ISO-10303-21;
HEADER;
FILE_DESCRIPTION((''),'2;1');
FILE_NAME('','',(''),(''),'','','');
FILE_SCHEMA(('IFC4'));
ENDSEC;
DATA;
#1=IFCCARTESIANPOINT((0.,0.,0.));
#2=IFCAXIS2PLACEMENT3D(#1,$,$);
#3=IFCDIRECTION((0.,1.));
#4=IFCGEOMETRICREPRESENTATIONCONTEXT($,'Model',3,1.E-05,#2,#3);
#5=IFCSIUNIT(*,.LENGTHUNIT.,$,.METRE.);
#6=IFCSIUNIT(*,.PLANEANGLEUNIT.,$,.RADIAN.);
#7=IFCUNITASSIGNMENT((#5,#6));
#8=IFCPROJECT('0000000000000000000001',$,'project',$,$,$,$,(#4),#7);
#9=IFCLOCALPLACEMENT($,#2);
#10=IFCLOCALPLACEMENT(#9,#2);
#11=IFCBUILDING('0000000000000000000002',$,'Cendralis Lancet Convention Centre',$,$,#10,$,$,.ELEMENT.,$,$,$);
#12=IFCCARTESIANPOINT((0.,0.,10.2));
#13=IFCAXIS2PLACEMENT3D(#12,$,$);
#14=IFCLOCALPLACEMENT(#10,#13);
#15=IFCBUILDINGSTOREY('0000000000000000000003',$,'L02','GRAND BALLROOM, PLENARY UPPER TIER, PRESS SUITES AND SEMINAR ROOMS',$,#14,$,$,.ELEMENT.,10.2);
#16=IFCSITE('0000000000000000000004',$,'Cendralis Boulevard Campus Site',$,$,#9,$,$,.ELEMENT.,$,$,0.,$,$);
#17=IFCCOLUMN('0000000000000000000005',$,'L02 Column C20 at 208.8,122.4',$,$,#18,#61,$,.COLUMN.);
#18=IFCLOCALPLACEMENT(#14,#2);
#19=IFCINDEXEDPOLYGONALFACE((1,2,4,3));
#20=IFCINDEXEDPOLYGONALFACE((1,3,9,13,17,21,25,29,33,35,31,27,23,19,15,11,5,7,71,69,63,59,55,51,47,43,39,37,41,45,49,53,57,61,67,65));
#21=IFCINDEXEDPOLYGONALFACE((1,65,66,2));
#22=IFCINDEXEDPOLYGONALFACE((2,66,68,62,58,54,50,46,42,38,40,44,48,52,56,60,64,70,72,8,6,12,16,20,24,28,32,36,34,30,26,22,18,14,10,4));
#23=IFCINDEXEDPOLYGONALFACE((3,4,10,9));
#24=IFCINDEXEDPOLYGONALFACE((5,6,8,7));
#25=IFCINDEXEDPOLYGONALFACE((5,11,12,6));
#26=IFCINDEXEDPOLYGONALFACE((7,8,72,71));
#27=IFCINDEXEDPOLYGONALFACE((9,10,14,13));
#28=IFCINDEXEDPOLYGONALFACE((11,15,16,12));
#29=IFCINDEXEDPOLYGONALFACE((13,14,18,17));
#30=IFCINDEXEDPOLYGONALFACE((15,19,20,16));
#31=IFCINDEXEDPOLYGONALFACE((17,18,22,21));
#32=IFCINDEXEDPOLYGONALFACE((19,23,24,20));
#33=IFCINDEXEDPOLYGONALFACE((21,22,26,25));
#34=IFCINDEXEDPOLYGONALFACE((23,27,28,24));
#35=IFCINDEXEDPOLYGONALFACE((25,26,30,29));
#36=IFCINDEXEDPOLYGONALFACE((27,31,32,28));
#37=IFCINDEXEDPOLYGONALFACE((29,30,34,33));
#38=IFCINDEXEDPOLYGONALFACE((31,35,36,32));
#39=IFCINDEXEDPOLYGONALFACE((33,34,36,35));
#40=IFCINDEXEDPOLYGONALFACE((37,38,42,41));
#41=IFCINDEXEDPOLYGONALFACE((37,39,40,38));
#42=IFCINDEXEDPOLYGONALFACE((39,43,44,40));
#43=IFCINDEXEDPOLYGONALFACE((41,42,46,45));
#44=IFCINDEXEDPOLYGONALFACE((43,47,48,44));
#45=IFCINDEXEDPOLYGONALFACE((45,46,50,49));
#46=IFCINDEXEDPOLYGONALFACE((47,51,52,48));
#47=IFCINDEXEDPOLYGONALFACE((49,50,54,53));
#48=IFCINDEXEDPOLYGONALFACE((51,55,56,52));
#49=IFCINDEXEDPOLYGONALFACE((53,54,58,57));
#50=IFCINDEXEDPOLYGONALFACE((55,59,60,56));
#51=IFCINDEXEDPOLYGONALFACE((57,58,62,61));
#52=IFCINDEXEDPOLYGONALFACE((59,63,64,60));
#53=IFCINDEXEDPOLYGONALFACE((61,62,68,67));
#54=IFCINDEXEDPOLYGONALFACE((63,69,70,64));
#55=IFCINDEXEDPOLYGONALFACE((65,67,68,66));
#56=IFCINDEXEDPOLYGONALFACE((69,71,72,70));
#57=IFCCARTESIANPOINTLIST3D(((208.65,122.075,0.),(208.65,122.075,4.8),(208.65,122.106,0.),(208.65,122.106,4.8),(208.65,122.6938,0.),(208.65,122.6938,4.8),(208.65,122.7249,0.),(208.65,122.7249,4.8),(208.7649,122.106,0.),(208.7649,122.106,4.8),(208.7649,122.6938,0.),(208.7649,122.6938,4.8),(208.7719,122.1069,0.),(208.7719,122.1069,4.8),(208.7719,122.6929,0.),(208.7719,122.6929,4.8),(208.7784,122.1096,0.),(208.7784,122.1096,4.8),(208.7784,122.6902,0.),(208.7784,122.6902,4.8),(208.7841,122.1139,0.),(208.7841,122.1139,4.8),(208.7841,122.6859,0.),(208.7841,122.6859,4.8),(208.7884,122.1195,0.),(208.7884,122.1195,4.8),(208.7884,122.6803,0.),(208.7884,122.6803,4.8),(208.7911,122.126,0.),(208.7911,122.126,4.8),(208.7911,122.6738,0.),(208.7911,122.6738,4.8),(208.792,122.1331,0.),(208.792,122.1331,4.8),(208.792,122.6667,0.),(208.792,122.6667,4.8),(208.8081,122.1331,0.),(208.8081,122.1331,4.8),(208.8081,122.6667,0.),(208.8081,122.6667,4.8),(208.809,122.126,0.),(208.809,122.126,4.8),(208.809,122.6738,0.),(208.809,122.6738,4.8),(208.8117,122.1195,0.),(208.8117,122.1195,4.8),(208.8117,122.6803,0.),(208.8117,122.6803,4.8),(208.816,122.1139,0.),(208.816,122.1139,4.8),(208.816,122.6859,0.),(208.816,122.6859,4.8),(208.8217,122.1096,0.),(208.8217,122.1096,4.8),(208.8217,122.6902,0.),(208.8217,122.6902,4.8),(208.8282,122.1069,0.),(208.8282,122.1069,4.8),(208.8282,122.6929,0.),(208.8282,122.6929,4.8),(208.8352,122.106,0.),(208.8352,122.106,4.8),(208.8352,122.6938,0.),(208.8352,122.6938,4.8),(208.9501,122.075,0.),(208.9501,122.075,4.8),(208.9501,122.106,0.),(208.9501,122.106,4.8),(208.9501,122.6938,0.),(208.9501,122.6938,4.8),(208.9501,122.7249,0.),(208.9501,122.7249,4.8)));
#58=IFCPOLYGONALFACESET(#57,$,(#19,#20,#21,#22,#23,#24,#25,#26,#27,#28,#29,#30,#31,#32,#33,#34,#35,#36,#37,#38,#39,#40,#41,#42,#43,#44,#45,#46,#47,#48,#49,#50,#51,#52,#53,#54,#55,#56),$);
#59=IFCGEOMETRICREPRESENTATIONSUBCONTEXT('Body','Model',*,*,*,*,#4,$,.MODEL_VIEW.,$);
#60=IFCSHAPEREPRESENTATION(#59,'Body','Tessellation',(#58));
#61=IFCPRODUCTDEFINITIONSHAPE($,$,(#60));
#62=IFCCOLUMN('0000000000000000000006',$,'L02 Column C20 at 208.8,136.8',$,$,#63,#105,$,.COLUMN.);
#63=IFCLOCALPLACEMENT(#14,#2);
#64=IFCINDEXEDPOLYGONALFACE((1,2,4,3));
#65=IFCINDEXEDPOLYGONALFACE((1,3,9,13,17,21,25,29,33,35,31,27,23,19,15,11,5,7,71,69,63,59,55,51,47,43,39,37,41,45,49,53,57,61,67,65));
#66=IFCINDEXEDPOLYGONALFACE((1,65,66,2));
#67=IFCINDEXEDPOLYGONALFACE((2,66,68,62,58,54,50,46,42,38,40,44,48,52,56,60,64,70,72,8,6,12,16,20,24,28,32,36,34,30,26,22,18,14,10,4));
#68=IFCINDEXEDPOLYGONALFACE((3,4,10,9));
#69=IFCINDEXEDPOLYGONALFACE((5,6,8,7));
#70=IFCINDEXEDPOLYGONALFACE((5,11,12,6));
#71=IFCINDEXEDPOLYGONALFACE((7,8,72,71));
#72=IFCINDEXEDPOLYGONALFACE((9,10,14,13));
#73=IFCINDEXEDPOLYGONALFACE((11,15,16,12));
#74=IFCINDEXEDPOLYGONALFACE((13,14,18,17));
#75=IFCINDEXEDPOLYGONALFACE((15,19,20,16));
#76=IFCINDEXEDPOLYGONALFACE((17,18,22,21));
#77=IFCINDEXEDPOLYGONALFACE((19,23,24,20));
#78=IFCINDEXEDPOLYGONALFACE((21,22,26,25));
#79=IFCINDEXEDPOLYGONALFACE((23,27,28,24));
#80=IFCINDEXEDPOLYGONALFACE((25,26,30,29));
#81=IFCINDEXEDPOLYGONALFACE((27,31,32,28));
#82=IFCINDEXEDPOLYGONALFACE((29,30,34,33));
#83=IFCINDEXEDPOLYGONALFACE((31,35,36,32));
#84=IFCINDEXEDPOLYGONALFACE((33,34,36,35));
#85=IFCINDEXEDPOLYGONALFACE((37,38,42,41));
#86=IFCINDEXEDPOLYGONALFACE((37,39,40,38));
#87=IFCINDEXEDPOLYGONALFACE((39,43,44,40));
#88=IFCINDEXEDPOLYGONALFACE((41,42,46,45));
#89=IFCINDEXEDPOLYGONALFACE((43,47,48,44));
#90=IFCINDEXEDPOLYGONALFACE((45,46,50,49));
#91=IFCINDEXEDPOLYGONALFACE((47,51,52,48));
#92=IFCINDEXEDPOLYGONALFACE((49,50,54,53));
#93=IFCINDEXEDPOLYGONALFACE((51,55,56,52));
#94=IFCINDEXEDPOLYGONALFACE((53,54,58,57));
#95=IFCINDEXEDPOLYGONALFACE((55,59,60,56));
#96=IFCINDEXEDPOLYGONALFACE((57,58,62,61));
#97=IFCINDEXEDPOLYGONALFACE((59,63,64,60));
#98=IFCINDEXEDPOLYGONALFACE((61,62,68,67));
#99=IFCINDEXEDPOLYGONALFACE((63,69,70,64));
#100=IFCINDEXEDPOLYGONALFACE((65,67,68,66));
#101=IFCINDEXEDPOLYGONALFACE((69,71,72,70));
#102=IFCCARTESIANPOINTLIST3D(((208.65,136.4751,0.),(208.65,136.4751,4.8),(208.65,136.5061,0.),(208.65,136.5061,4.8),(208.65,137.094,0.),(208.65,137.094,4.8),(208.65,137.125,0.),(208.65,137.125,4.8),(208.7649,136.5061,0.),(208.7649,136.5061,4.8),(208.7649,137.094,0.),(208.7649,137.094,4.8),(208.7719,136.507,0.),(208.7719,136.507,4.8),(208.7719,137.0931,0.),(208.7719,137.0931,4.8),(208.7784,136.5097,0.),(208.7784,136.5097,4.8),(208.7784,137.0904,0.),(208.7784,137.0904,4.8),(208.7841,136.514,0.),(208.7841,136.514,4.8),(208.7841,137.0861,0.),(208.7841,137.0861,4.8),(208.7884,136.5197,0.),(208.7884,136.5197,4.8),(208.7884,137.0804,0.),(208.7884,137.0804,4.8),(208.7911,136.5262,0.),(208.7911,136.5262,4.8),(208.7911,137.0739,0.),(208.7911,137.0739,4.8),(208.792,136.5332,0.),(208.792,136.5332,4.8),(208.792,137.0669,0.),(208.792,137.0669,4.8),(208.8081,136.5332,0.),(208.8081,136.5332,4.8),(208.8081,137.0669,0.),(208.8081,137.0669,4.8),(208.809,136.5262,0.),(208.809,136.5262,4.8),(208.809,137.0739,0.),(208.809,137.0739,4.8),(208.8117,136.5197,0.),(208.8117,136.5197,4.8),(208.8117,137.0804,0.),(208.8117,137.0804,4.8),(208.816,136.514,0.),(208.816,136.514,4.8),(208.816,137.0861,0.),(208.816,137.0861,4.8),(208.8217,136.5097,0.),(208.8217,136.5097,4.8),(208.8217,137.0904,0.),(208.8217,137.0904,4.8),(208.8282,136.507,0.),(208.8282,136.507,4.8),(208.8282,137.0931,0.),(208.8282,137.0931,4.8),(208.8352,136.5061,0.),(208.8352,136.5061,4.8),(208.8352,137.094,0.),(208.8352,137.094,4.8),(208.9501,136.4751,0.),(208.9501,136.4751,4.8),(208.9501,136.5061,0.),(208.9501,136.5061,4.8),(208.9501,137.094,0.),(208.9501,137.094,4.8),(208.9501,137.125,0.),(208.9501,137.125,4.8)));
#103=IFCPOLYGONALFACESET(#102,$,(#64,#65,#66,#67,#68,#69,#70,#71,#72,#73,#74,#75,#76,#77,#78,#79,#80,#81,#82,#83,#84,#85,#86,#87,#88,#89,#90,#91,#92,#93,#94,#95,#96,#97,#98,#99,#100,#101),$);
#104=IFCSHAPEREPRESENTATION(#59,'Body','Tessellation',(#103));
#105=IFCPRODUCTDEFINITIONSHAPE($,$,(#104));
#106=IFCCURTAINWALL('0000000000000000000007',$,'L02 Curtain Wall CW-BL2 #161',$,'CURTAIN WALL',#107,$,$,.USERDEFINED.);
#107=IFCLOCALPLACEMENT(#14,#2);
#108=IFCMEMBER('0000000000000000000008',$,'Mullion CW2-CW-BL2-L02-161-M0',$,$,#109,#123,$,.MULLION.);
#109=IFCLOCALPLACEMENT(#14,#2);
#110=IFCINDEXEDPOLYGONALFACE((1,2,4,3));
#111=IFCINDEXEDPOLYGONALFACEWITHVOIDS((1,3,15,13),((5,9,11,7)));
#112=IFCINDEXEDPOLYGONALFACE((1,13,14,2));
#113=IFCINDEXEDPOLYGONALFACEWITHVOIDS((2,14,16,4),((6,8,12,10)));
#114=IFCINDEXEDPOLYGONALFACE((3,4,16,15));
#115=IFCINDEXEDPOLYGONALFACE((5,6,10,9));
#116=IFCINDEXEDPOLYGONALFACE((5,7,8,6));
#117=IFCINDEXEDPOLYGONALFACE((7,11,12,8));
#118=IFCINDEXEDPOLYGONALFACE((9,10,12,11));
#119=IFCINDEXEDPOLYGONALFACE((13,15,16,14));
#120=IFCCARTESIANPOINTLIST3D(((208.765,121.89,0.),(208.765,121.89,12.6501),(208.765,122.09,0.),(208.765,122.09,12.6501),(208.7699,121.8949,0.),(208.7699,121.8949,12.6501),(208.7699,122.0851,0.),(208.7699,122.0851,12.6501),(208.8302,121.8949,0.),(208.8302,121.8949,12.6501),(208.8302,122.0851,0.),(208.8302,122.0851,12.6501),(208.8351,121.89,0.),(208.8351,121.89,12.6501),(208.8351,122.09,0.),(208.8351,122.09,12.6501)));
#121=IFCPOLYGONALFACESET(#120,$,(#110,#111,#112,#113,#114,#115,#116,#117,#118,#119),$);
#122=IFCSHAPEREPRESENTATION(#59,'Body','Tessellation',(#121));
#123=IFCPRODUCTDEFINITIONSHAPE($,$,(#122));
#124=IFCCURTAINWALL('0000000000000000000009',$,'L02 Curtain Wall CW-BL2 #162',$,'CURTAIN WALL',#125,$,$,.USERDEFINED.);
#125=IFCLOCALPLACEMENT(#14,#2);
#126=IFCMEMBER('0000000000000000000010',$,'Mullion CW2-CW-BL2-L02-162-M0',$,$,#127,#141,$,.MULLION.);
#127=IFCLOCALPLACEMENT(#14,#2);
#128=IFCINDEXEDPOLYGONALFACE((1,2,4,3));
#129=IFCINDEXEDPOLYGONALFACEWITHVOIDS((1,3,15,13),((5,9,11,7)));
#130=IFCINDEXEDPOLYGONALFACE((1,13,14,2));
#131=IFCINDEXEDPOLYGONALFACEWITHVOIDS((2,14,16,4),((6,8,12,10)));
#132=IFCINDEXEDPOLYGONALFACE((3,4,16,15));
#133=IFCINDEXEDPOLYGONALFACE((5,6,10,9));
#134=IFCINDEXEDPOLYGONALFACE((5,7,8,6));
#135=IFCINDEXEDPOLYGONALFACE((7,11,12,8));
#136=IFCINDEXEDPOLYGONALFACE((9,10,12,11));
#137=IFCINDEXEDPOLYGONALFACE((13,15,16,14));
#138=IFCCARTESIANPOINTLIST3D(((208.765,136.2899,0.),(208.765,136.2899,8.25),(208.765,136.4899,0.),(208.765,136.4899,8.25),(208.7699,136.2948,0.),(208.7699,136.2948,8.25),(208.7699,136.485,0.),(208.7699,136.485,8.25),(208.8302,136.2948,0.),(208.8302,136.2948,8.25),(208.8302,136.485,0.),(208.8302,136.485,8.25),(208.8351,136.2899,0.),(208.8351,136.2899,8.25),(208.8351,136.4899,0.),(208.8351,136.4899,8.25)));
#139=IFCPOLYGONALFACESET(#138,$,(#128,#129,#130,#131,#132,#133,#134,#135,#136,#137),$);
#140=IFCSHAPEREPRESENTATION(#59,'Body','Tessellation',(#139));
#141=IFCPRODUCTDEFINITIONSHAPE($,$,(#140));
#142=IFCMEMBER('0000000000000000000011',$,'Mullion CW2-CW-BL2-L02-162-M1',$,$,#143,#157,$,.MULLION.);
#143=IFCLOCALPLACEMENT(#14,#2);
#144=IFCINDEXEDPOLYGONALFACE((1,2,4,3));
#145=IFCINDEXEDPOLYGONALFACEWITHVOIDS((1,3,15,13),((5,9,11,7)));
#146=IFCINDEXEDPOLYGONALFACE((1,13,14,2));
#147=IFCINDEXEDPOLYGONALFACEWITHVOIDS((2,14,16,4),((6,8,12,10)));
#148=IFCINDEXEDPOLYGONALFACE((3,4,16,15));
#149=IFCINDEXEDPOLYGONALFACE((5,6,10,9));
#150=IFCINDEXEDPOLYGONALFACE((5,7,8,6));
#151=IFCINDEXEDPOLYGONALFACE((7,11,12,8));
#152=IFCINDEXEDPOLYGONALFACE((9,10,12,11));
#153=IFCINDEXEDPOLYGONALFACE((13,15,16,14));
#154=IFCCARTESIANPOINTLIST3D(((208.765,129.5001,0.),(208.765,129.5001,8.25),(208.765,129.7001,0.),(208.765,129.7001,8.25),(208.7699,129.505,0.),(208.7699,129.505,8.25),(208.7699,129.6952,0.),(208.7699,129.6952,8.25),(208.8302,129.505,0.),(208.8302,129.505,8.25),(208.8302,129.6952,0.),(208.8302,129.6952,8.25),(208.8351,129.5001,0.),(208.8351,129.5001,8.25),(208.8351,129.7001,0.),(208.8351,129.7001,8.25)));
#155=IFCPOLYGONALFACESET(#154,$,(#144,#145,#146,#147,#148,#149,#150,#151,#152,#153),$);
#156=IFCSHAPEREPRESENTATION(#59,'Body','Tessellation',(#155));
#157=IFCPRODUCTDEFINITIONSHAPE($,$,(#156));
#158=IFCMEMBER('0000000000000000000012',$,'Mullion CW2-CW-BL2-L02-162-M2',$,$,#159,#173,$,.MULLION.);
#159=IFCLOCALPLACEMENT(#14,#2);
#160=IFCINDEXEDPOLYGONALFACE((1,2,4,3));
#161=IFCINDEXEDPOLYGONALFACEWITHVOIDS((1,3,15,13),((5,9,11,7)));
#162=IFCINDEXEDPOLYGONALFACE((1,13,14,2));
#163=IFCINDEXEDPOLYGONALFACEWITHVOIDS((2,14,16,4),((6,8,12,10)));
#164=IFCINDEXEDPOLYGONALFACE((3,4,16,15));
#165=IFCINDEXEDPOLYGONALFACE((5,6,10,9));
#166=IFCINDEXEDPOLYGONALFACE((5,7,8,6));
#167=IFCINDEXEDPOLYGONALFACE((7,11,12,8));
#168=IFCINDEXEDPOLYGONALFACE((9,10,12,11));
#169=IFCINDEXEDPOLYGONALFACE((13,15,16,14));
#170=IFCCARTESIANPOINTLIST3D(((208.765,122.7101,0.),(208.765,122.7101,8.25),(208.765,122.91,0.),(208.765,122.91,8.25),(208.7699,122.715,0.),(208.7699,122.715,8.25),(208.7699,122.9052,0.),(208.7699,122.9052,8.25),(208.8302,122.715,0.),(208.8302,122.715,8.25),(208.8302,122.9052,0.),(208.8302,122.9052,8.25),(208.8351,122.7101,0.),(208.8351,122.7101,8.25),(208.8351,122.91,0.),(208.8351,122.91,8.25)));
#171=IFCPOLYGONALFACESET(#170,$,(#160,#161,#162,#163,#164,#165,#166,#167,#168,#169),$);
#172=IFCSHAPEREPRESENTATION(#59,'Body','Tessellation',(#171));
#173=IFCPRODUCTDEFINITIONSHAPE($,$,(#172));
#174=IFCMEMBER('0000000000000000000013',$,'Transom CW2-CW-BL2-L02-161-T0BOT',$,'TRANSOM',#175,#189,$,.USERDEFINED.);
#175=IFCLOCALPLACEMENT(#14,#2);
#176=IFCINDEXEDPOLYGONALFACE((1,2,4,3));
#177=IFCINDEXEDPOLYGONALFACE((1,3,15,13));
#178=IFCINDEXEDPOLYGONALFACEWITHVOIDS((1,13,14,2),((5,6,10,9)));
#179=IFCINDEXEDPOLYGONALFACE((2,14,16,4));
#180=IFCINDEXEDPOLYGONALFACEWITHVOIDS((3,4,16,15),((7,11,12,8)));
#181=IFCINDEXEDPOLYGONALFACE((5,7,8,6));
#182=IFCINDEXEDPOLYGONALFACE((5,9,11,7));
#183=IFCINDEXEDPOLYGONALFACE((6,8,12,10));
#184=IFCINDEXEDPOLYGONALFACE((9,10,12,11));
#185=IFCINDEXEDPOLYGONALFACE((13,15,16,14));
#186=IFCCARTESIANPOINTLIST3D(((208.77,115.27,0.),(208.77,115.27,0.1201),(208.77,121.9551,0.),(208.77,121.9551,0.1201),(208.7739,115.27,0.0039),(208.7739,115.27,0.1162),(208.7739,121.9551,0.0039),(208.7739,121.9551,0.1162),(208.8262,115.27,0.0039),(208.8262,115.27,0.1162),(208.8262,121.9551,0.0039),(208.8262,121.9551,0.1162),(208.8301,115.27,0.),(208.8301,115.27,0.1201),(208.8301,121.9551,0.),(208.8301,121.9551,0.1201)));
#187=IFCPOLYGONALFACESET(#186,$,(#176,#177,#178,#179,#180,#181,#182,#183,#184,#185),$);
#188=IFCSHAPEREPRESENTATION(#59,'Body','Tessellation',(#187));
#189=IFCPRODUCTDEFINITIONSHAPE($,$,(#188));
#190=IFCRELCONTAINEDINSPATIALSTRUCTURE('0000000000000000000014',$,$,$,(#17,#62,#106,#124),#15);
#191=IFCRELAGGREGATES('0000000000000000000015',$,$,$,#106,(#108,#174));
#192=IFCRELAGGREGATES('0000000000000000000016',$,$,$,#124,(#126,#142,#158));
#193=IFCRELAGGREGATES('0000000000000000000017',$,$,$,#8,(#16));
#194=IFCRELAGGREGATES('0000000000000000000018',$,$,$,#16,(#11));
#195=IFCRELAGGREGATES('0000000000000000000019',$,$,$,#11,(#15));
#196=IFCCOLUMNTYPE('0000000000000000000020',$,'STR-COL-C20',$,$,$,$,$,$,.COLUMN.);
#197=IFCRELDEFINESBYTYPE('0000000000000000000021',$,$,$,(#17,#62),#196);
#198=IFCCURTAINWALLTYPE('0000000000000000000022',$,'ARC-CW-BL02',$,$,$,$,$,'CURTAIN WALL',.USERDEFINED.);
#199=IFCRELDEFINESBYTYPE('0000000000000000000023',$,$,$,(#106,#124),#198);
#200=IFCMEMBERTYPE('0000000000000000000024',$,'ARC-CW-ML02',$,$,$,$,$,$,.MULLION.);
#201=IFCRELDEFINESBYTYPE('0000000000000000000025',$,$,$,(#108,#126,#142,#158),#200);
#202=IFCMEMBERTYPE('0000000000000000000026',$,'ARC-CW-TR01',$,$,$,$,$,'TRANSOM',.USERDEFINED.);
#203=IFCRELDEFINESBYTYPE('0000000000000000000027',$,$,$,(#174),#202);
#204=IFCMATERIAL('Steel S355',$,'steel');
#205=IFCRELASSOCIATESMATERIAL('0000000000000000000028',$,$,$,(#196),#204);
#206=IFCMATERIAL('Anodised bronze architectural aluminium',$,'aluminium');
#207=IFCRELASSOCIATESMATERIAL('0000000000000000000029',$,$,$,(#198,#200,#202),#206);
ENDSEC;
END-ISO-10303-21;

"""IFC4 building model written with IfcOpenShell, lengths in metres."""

from ifc_helpers import new_model, si_unit, direction, frame, origin, origin_2d, place, context, subcontext, project, spatial, hollow_rectangle, i_section, extrude, material, material_profile, profile_set, type_object, element, aggregate, save


model = new_model("IFC4")

# Units and contexts
model_context = context("Model", 3, precision=1e-05, world=origin(), true_north=direction((0.0, 1.0)))
body_context = subcontext(model_context, "Body", "Model", "MODEL_VIEW")
ifc_project = project(units=[si_unit("LENGTHUNIT", "METRE"), si_unit("PLANEANGLEUNIT", "RADIAN")], contexts=[model_context])

# Site, building, storey
site_placement = place(None, origin())
site = spatial("IfcSite", under=ifc_project, at=site_placement, Name="Cendralis Boulevard Campus Site", CompositionType="ELEMENT", RefElevation=0.0)
building_placement = place(site_placement, origin())
building = spatial("IfcBuilding", under=site, at=building_placement, Name="Cendralis Lancet Convention Centre", CompositionType="ELEMENT")
storey_placement = place(building_placement, frame((0.0, 0.0, 10.2)))
storey = spatial("IfcBuildingStorey", under=building, at=storey_placement, Name="L02", Description="GRAND BALLROOM, PLENARY UPPER TIER, PRESS SUITES AND SEMINAR ROOMS", CompositionType="ELEMENT", Elevation=10.2)

# Columns
ifc_material_1 = material(Name="Steel S355", Category="steel")
ifc_material_profile_1 = material_profile(ifc_material_1, i_section(OverallWidth=0.3, OverallDepth=0.6499, WebThickness=0.0161, FlangeThickness=0.031, FilletRadius=0.0271, at=origin_2d()), Name="HEB 650")
ifc_profile_set_1 = profile_set([ifc_material_profile_1], Name="Steel S355")
column_type = type_object("IfcColumnType", Name="STR-COL-C20", PredefinedType="COLUMN", material=ifc_profile_set_1)
for number, where, z_axis, x_axis, name in (
    (1, (208.8, 122.3999, 0.0), (0.0, 0.0, 1.0), (1.0, 0.0, 0.0), "L02 Column C20 at 208.8,122.4"),
    (2, (208.8, 136.8, 0.0), (0.0, 0.0, 1.0), (1.0, 0.0, 0.0), "L02 Column C20 at 208.8,136.8"),
):
    element("IfcColumn", number, at=place(storey_placement, frame(where, z_axis=z_axis, x_axis=x_axis)), inside=storey, type_object=column_type, Name=name, PredefinedType="COLUMN", context=body_context, shape_type="SweptSolid", body=[
        extrude(i_section(OverallWidth=0.3, OverallDepth=0.6499, WebThickness=0.0161, FlangeThickness=0.031, FilletRadius=0.0271, at=origin_2d()), origin(), (0.0, 0.0, 1.0), 4.8),
    ])

# Curtain wall, member
ifc_material_2 = material(Name="Anodised bronze architectural aluminium", Category="aluminium")
curtain_wall_type = type_object("IfcCurtainWallType", Name="ARC-CW-BL02", ElementType="CURTAIN WALL", PredefinedType="USERDEFINED", material=ifc_material_2)
curtain_wall_1_placement = place(storey_placement, origin())
curtain_wall_1 = element("IfcCurtainWall", 3, at=curtain_wall_1_placement, inside=storey, type_object=curtain_wall_type, Name="L02 Curtain Wall CW-BL2 #161", ObjectType="CURTAIN WALL", PredefinedType="USERDEFINED")
ifc_material_profile_2 = material_profile(ifc_material_2, hollow_rectangle(XDim=0.0701, YDim=0.2, WallThickness=0.0049, at=origin_2d()), Name="AL-MULL 70x200x5.0")
ifc_profile_set_2 = profile_set([ifc_material_profile_2], Name="Anodised bronze architectural aluminium")
member_type_1 = type_object("IfcMemberType", Name="ARC-CW-ML02", PredefinedType="MULLION", material=ifc_profile_set_2)
member_1_placement = place(storey_placement, frame((208.8, 121.99, 0.0), z_axis=(0.0, 0.0, 1.0), x_axis=(1.0, 0.0, 0.0)))
member_1 = element("IfcMember", 4, at=member_1_placement, type_object=member_type_1, Name="Mullion CW2-CW-BL2-L02-161-M0", PredefinedType="MULLION", context=body_context, shape_type="SweptSolid", body=[
    extrude(hollow_rectangle(XDim=0.0701, YDim=0.2, WallThickness=0.0049, at=origin_2d()), origin(), (0.0, 0.0, 1.0), 12.6501),
])

# Curtain wall, members
curtain_wall_2_placement = place(storey_placement, origin())
curtain_wall_2 = element("IfcCurtainWall", 5, at=curtain_wall_2_placement, inside=storey, type_object=curtain_wall_type, Name="L02 Curtain Wall CW-BL2 #162", ObjectType="CURTAIN WALL", PredefinedType="USERDEFINED")
member_2_placement = place(storey_placement, frame((208.8, 136.3899, 0.0), z_axis=(0.0, 0.0, 1.0), x_axis=(1.0, 0.0, 0.0)))
member_2 = element("IfcMember", 6, at=member_2_placement, type_object=member_type_1, Name="Mullion CW2-CW-BL2-L02-162-M0", PredefinedType="MULLION", context=body_context, shape_type="SweptSolid", body=[
    extrude(hollow_rectangle(XDim=0.0701, YDim=0.2, WallThickness=0.0049, at=origin_2d()), origin(), (0.0, 0.0, 1.0), 8.25),
])
member_3_placement = place(storey_placement, frame((208.8, 129.6001, 0.0), z_axis=(0.0, 0.0, 1.0), x_axis=(1.0, 0.0, 0.0)))
member_3 = element("IfcMember", 7, at=member_3_placement, type_object=member_type_1, Name="Mullion CW2-CW-BL2-L02-162-M1", PredefinedType="MULLION", context=body_context, shape_type="SweptSolid", body=[
    extrude(hollow_rectangle(XDim=0.0701, YDim=0.2, WallThickness=0.0049, at=origin_2d()), origin(), (0.0, 0.0, 1.0), 8.25),
])
member_4_placement = place(storey_placement, frame((208.8, 122.8101, 0.0), z_axis=(0.0, 0.0, 1.0), x_axis=(1.0, 0.0, 0.0)))
member_4 = element("IfcMember", 8, at=member_4_placement, type_object=member_type_1, Name="Mullion CW2-CW-BL2-L02-162-M2", PredefinedType="MULLION", context=body_context, shape_type="SweptSolid", body=[
    extrude(hollow_rectangle(XDim=0.0701, YDim=0.2, WallThickness=0.0049, at=origin_2d()), origin(), (0.0, 0.0, 1.0), 8.25),
])

# Member
ifc_material_profile_3 = material_profile(ifc_material_2, hollow_rectangle(XDim=0.0601, YDim=0.1201, WallThickness=0.0039, at=origin_2d()), Name="AL-TRAN 60x120x4.0")
ifc_profile_set_3 = profile_set([ifc_material_profile_3], Name="Anodised bronze architectural aluminium")
member_type_2 = type_object("IfcMemberType", Name="ARC-CW-TR01", ElementType="TRANSOM", PredefinedType="USERDEFINED", material=ifc_profile_set_3)
member_5_placement = place(storey_placement, frame((208.8, 121.9551, 0.0601), z_axis=(0.0, -1.0, 0.0), x_axis=(1.0, 0.0, 0.0)))
member_5 = element("IfcMember", 9, at=member_5_placement, type_object=member_type_2, Name="Transom CW2-CW-BL2-L02-161-T0BOT", ObjectType="TRANSOM", PredefinedType="USERDEFINED", context=body_context, shape_type="SweptSolid", body=[
    extrude(hollow_rectangle(XDim=0.0601, YDim=0.1201, WallThickness=0.0039, at=origin_2d()), origin(), (0.0, 0.0, 1.0), 6.6851),
])

aggregate(curtain_wall_1, [member_1, member_5])
aggregate(curtain_wall_2, [member_2, member_3, member_4])

save(model, "model.ifc")
